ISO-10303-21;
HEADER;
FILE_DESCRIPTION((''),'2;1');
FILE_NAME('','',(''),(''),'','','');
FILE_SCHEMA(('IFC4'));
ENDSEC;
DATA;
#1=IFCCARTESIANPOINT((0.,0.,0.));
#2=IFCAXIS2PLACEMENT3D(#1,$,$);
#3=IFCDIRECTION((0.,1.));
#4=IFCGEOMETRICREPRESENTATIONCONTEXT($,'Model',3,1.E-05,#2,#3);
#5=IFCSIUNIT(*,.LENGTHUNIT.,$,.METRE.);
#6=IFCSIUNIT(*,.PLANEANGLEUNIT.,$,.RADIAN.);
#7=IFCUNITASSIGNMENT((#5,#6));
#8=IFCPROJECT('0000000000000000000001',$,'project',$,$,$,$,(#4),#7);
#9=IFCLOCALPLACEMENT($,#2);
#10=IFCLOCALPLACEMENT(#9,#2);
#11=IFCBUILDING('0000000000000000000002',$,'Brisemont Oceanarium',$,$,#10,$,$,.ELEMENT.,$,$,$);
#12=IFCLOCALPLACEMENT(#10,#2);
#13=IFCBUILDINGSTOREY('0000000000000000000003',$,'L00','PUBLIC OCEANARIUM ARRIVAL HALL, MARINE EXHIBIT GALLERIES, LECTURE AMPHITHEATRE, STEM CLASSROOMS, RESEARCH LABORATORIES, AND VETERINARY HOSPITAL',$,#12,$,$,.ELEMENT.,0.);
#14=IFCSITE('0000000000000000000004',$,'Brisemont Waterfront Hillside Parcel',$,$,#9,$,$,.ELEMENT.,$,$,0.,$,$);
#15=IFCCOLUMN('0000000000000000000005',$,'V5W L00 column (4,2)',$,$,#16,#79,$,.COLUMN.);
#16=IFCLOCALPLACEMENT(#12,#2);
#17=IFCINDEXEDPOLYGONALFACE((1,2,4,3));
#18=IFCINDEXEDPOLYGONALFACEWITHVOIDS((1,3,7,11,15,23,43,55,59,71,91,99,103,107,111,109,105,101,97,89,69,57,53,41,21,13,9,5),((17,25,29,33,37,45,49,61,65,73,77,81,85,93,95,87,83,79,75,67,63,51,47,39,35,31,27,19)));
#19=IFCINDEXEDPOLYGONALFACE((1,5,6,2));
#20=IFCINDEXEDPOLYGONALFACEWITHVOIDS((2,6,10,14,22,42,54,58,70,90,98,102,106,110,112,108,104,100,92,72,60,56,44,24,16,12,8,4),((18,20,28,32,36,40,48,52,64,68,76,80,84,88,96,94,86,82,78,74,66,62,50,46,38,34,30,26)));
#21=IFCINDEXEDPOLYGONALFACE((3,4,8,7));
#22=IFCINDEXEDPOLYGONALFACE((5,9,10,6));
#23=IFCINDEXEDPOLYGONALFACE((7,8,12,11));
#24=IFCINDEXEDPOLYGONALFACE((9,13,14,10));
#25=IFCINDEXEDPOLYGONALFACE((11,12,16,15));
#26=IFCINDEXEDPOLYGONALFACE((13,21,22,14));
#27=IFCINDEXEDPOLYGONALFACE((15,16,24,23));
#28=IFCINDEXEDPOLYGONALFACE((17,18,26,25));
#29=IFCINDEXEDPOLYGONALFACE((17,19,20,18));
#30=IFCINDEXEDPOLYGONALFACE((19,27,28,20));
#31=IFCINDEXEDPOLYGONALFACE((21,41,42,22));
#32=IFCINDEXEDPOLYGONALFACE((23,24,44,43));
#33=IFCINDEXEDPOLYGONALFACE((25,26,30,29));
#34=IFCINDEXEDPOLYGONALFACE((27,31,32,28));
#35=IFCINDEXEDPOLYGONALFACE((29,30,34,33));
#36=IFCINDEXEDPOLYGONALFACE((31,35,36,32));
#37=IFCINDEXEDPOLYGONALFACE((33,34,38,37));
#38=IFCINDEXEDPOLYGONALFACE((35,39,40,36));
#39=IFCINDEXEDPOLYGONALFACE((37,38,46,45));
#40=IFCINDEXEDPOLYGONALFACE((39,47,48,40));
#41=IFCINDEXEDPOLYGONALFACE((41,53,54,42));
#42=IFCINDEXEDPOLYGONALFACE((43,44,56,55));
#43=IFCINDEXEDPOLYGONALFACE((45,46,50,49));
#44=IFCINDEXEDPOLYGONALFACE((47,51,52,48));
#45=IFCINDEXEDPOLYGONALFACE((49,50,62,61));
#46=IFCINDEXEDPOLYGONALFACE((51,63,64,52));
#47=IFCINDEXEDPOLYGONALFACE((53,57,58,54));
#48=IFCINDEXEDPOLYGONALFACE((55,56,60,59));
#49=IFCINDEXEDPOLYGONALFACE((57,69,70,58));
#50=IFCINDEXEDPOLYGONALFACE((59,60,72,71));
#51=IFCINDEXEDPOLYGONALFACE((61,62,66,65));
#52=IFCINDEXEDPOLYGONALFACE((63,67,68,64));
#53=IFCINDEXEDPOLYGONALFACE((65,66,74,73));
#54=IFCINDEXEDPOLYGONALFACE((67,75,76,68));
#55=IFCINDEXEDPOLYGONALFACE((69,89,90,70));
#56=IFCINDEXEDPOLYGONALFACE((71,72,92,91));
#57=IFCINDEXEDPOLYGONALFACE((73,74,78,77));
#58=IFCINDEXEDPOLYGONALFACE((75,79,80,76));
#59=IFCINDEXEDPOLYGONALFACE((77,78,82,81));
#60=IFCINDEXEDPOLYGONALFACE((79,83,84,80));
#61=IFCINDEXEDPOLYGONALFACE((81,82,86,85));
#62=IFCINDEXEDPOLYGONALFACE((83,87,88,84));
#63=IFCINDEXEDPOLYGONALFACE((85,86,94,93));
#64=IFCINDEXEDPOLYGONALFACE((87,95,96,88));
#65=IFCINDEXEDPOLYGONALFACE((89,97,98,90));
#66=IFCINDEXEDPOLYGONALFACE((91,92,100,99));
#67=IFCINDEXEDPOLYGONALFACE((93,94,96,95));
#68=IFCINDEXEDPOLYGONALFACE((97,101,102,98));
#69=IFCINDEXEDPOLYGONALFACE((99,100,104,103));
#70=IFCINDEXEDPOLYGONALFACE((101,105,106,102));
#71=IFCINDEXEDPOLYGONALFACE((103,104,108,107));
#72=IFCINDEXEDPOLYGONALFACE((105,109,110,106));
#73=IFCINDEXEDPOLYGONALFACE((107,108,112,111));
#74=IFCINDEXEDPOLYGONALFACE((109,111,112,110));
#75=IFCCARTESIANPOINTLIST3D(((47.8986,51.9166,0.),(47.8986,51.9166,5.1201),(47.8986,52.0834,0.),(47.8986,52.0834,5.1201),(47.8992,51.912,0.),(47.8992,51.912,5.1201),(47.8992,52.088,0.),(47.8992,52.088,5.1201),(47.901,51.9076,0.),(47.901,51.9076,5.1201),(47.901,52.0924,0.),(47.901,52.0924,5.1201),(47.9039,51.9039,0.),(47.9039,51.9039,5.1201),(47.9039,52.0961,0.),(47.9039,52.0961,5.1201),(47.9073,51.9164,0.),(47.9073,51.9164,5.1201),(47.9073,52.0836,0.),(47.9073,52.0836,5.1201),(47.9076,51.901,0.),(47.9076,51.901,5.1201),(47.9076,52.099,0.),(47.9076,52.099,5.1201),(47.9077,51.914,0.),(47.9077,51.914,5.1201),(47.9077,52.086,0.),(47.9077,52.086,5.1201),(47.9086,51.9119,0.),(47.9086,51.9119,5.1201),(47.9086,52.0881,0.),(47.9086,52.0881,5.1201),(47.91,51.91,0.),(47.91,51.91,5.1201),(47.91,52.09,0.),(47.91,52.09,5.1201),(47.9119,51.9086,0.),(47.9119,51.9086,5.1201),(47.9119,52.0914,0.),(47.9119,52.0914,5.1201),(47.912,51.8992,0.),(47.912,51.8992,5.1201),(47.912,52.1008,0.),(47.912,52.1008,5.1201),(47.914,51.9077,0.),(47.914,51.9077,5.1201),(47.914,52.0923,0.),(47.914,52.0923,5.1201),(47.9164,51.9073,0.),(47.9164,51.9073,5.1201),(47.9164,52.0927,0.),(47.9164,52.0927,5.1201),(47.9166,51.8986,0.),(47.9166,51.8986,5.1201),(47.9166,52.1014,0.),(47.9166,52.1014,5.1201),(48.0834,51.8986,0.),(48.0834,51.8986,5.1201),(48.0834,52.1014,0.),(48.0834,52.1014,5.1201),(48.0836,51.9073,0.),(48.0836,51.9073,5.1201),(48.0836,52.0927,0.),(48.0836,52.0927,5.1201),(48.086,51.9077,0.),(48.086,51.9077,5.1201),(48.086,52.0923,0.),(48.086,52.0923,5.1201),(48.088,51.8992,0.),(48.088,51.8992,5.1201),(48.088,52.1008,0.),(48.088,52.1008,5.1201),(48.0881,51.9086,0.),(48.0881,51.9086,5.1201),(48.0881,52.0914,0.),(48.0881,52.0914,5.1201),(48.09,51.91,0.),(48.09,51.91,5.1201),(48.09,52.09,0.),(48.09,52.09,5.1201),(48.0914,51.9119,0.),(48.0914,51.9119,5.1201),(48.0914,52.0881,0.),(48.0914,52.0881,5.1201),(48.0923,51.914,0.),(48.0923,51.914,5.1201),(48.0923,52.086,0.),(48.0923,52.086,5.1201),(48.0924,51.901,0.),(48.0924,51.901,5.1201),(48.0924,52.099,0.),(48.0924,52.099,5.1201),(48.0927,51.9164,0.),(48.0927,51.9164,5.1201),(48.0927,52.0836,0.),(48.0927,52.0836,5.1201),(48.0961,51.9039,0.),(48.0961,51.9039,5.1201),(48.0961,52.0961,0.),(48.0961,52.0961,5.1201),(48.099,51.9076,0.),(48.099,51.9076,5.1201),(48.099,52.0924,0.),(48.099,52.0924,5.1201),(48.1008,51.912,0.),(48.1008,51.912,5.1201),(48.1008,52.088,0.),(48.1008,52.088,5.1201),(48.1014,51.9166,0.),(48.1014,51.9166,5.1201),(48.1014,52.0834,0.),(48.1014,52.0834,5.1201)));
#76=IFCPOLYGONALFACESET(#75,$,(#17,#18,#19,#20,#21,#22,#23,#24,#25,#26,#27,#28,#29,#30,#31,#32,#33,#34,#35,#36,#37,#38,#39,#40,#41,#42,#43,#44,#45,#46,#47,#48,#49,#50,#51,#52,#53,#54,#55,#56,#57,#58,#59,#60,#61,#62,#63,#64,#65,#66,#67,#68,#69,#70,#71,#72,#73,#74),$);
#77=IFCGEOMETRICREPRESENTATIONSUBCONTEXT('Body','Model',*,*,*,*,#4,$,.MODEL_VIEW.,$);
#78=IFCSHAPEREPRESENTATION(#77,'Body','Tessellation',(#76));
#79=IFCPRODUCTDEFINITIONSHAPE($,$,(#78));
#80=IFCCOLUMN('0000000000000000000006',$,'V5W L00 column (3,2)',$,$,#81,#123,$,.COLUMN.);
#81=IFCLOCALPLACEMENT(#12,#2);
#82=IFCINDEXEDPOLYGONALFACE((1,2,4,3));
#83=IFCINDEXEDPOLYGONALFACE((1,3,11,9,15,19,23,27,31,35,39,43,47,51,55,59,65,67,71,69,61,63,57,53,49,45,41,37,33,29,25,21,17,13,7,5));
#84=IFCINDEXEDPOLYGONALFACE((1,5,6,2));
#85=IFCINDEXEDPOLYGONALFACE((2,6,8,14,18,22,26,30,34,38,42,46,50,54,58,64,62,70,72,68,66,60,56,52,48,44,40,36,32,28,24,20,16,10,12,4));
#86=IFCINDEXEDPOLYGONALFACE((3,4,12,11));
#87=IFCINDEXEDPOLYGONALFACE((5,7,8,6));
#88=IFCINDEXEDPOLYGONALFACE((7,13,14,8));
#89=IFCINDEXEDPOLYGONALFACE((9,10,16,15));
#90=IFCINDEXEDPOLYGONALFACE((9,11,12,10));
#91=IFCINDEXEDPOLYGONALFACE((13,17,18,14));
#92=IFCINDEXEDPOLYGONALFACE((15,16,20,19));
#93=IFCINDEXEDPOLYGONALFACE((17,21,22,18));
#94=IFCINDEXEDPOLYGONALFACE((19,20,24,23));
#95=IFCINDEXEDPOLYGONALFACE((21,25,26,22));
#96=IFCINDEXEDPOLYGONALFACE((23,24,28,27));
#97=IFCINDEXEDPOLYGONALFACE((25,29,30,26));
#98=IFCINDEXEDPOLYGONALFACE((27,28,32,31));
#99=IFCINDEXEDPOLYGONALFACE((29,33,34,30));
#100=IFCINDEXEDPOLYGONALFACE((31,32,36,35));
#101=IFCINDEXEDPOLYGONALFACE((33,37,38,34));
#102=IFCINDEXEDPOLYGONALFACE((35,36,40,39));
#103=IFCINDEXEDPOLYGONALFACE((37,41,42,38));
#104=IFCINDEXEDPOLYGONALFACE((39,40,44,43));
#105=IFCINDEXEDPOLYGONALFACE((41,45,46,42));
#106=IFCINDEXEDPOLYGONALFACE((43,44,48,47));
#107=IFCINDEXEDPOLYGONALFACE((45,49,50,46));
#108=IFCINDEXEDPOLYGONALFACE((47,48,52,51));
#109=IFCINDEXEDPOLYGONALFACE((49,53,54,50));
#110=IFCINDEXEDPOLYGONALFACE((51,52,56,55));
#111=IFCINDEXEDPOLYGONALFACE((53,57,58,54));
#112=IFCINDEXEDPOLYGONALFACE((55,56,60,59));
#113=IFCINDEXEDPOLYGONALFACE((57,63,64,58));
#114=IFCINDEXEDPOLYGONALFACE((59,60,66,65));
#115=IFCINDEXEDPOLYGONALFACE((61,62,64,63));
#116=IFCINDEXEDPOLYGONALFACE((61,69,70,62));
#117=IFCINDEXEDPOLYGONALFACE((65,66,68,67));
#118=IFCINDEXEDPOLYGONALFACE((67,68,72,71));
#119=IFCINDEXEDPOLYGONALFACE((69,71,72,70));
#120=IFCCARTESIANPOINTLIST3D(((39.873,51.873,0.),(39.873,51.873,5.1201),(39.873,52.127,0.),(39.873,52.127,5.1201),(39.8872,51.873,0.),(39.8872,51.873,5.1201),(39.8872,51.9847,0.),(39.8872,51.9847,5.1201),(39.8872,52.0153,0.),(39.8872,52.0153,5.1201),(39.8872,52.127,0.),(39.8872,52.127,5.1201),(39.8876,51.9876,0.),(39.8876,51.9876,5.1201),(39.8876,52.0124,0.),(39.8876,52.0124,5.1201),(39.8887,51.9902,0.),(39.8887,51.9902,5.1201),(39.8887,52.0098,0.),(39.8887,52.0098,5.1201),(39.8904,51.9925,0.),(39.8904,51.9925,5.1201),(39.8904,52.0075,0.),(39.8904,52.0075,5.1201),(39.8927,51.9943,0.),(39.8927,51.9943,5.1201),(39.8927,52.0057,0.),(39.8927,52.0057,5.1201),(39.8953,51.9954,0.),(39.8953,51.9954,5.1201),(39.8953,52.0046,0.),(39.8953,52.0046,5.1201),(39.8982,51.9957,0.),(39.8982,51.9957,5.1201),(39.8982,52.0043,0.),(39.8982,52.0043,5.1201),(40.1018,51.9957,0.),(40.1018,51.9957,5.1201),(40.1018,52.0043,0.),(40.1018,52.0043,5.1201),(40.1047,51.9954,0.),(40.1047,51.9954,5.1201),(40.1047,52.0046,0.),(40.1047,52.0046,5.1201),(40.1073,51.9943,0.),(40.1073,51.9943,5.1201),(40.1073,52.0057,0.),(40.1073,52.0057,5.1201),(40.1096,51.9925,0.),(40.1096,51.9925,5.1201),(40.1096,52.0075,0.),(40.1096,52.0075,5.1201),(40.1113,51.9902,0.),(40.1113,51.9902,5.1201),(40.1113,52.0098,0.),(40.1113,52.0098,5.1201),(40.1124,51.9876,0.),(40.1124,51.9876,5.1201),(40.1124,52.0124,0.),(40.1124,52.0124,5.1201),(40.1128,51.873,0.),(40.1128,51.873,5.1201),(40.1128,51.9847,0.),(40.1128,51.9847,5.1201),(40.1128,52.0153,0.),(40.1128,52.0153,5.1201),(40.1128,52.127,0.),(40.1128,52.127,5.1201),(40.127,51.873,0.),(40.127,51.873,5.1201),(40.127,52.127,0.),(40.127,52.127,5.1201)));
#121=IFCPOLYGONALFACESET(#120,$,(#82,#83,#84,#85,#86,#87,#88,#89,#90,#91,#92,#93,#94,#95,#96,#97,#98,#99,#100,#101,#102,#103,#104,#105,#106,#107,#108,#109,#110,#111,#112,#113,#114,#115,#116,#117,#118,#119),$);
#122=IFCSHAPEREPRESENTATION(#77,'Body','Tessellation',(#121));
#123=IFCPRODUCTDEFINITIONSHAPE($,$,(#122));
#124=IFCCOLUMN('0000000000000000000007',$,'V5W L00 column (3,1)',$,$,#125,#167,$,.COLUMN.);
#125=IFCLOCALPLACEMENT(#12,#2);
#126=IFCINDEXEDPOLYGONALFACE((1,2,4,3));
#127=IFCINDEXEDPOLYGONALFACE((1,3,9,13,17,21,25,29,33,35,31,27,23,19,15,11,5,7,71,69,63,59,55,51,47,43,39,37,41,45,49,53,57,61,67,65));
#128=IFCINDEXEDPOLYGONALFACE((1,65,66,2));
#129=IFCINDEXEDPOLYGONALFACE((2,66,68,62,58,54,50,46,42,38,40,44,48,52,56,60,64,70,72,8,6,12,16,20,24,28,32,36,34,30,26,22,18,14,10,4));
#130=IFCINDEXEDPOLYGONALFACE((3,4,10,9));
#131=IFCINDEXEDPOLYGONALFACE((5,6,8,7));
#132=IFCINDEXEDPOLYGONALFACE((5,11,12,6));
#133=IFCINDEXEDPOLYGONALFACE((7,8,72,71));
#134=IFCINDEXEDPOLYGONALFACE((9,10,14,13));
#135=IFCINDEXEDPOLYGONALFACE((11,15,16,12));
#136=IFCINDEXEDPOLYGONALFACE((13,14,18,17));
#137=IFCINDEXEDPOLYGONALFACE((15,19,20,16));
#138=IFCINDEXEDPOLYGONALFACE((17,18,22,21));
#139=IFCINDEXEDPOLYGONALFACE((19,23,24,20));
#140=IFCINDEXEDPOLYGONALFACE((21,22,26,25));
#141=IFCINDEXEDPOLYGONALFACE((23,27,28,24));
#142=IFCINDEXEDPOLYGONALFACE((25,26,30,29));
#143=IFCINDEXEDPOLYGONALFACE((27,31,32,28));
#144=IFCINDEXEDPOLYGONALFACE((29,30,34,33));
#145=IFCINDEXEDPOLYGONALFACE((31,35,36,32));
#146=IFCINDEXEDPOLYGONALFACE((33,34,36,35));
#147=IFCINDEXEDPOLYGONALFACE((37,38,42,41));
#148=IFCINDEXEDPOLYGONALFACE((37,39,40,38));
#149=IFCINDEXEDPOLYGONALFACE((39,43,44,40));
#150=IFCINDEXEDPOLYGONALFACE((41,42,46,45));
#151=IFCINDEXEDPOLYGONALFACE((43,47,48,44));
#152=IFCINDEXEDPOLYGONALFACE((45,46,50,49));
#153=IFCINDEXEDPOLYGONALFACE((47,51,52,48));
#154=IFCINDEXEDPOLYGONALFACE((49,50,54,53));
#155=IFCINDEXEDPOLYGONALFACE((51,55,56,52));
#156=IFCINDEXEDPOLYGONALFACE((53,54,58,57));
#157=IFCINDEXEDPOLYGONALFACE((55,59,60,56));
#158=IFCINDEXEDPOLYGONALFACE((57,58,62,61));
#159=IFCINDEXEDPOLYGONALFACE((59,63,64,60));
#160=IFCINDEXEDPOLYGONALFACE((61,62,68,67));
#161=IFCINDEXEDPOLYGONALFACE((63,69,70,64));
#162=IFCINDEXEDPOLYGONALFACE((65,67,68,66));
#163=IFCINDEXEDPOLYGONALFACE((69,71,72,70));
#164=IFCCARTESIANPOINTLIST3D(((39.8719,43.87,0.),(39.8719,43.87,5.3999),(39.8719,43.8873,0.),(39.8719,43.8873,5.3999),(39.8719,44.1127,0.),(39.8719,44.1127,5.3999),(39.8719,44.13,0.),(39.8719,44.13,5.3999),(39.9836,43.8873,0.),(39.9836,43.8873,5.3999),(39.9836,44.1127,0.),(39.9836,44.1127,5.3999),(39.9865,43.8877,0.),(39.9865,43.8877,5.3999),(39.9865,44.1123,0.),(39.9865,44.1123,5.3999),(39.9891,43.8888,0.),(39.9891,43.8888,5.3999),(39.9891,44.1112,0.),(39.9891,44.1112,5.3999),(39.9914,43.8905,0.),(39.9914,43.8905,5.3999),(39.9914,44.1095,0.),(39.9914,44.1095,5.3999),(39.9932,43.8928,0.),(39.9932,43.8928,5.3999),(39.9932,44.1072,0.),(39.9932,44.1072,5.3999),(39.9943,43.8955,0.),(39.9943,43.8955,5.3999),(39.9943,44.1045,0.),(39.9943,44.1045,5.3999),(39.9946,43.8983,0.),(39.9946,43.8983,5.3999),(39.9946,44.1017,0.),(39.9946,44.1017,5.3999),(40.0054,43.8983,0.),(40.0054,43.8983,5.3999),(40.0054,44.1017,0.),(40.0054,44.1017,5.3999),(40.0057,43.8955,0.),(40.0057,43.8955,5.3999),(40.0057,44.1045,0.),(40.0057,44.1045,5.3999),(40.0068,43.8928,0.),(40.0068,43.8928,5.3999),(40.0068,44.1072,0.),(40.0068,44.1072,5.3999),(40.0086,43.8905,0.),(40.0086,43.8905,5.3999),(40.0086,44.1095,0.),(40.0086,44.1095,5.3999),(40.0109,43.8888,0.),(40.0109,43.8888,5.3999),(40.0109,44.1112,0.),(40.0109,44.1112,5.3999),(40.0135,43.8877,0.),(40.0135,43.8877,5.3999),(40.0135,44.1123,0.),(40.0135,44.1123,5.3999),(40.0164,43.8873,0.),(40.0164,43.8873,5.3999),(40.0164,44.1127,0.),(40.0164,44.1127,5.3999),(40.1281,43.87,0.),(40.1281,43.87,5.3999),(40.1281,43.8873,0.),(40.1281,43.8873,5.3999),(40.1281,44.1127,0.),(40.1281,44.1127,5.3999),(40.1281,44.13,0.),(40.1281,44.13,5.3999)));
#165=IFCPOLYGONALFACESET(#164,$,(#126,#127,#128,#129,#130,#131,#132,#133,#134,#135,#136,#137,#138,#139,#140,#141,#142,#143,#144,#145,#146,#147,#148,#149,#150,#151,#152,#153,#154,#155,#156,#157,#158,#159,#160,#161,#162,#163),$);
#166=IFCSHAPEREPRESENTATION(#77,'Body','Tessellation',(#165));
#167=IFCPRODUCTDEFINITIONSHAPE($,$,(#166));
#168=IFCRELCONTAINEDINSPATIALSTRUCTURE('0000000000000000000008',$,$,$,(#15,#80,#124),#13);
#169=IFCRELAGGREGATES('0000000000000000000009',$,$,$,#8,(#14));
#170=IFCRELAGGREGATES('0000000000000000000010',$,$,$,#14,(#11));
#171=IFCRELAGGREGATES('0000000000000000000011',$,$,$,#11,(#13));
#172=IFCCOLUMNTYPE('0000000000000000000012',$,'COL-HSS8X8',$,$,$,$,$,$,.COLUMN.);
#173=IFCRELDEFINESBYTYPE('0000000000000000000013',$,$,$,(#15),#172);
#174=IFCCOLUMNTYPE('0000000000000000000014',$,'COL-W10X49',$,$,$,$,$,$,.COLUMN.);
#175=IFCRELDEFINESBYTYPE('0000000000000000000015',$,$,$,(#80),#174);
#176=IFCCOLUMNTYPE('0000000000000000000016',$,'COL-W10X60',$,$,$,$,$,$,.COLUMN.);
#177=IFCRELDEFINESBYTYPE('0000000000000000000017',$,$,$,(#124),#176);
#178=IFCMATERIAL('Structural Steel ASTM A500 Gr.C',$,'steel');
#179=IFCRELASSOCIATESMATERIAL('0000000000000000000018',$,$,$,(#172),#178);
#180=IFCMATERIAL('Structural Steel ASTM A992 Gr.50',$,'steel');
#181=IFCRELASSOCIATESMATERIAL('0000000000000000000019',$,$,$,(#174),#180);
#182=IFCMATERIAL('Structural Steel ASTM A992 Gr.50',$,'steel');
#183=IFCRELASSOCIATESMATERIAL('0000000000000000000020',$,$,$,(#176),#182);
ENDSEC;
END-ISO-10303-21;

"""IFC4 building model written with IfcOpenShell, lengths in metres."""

from ifc_helpers import new_model, si_unit, direction, frame, origin, origin_2d, place, context, subcontext, project, spatial, hollow_rectangle, i_section, extrude, material, material_profile, profile_set, type_object, element, save


model = new_model("IFC4")

# Units and contexts
model_context = context("Model", 3, precision=1e-05, world=origin(), true_north=direction((0.0, 1.0)))
body_context = subcontext(model_context, "Body", "Model", "MODEL_VIEW")
ifc_project = project(units=[si_unit("LENGTHUNIT", "METRE"), si_unit("PLANEANGLEUNIT", "RADIAN")], contexts=[model_context])

# Site, building, storey
site_placement = place(None, origin())
site = spatial("IfcSite", under=ifc_project, at=site_placement, Name="Brisemont Waterfront Hillside Parcel", CompositionType="ELEMENT", RefElevation=0.0)
building_placement = place(site_placement, origin())
building = spatial("IfcBuilding", under=site, at=building_placement, Name="Brisemont Oceanarium", CompositionType="ELEMENT")
storey_placement = place(building_placement, origin())
storey = spatial("IfcBuildingStorey", under=building, at=storey_placement, Name="L00", Description="PUBLIC OCEANARIUM ARRIVAL HALL, MARINE EXHIBIT GALLERIES, LECTURE AMPHITHEATRE, STEM CLASSROOMS, RESEARCH LABORATORIES, AND VETERINARY HOSPITAL", CompositionType="ELEMENT", Elevation=0.0)

# Columns
ifc_material_1 = material(Name="Structural Steel ASTM A500 Gr.C", Category="steel")
ifc_material_profile_1 = material_profile(ifc_material_1, hollow_rectangle(XDim=0.2029, YDim=0.2029, WallThickness=0.0088, InnerFilletRadius=0.009, OuterFilletRadius=0.0181, at=origin_2d()), Name="HSS8X8X3/8")
ifc_profile_set_1 = profile_set([ifc_material_profile_1], Name="Structural Steel ASTM A500 Gr.C")
column_type_1 = type_object("IfcColumnType", Name="COL-HSS8X8", PredefinedType="COLUMN", material=ifc_profile_set_1)
column_1_placement = place(storey_placement, frame((48.0, 52.0, 0.0), z_axis=(0.0, 0.0, 1.0), x_axis=(1.0, 0.0, 0.0)))
element("IfcColumn", 1, at=column_1_placement, inside=storey, type_object=column_type_1, Name="V5W L00 column (4,2)", PredefinedType="COLUMN", context=body_context, shape_type="SweptSolid", body=[
    extrude(hollow_rectangle(XDim=0.2029, YDim=0.2029, WallThickness=0.0088, InnerFilletRadius=0.009, OuterFilletRadius=0.0181, at=origin_2d()), origin(), (0.0, 0.0, 1.0), 5.1201),
])
ifc_material_2 = material(Name="Structural Steel ASTM A992 Gr.50", Category="steel")
ifc_material_profile_2 = material_profile(ifc_material_2, i_section(OverallWidth=0.2539, OverallDepth=0.2539, WebThickness=0.0085, FlangeThickness=0.0142, FilletRadius=0.011, at=origin_2d()), Name="W10X49")
ifc_profile_set_2 = profile_set([ifc_material_profile_2], Name="Structural Steel ASTM A992 Gr.50")
column_type_2 = type_object("IfcColumnType", Name="COL-W10X49", PredefinedType="COLUMN", material=ifc_profile_set_2)
column_2_placement = place(storey_placement, frame((40.0, 52.0, 0.0), z_axis=(0.0, 0.0, 1.0), x_axis=(0.0, 1.0, 0.0)))
element("IfcColumn", 2, at=column_2_placement, inside=storey, type_object=column_type_2, Name="V5W L00 column (3,2)", PredefinedType="COLUMN", context=body_context, shape_type="SweptSolid", body=[
    extrude(i_section(OverallWidth=0.2539, OverallDepth=0.2539, WebThickness=0.0085, FlangeThickness=0.0142, FilletRadius=0.011, at=origin_2d()), origin(), (0.0, 0.0, 1.0), 5.1201),
])
ifc_material_3 = material(Name="Structural Steel ASTM A992 Gr.50", Category="steel")
ifc_material_profile_3 = material_profile(ifc_material_3, i_section(OverallWidth=0.2561, OverallDepth=0.26, WebThickness=0.0107, FlangeThickness=0.0173, FilletRadius=0.011, at=origin_2d()), Name="W10X60")
ifc_profile_set_3 = profile_set([ifc_material_profile_3], Name="Structural Steel ASTM A992 Gr.50")
column_type_3 = type_object("IfcColumnType", Name="COL-W10X60", PredefinedType="COLUMN", material=ifc_profile_set_3)
column_3_placement = place(storey_placement, frame((40.0, 44.0, 0.0), z_axis=(0.0, 0.0, 1.0), x_axis=(1.0, 0.0, 0.0)))
element("IfcColumn", 3, at=column_3_placement, inside=storey, type_object=column_type_3, Name="V5W L00 column (3,1)", PredefinedType="COLUMN", context=body_context, shape_type="SweptSolid", body=[
    extrude(i_section(OverallWidth=0.2561, OverallDepth=0.26, WebThickness=0.0107, FlangeThickness=0.0173, FilletRadius=0.011, at=origin_2d()), origin(), (0.0, 0.0, 1.0), 5.3999),
])

save(model, "model.ifc")
